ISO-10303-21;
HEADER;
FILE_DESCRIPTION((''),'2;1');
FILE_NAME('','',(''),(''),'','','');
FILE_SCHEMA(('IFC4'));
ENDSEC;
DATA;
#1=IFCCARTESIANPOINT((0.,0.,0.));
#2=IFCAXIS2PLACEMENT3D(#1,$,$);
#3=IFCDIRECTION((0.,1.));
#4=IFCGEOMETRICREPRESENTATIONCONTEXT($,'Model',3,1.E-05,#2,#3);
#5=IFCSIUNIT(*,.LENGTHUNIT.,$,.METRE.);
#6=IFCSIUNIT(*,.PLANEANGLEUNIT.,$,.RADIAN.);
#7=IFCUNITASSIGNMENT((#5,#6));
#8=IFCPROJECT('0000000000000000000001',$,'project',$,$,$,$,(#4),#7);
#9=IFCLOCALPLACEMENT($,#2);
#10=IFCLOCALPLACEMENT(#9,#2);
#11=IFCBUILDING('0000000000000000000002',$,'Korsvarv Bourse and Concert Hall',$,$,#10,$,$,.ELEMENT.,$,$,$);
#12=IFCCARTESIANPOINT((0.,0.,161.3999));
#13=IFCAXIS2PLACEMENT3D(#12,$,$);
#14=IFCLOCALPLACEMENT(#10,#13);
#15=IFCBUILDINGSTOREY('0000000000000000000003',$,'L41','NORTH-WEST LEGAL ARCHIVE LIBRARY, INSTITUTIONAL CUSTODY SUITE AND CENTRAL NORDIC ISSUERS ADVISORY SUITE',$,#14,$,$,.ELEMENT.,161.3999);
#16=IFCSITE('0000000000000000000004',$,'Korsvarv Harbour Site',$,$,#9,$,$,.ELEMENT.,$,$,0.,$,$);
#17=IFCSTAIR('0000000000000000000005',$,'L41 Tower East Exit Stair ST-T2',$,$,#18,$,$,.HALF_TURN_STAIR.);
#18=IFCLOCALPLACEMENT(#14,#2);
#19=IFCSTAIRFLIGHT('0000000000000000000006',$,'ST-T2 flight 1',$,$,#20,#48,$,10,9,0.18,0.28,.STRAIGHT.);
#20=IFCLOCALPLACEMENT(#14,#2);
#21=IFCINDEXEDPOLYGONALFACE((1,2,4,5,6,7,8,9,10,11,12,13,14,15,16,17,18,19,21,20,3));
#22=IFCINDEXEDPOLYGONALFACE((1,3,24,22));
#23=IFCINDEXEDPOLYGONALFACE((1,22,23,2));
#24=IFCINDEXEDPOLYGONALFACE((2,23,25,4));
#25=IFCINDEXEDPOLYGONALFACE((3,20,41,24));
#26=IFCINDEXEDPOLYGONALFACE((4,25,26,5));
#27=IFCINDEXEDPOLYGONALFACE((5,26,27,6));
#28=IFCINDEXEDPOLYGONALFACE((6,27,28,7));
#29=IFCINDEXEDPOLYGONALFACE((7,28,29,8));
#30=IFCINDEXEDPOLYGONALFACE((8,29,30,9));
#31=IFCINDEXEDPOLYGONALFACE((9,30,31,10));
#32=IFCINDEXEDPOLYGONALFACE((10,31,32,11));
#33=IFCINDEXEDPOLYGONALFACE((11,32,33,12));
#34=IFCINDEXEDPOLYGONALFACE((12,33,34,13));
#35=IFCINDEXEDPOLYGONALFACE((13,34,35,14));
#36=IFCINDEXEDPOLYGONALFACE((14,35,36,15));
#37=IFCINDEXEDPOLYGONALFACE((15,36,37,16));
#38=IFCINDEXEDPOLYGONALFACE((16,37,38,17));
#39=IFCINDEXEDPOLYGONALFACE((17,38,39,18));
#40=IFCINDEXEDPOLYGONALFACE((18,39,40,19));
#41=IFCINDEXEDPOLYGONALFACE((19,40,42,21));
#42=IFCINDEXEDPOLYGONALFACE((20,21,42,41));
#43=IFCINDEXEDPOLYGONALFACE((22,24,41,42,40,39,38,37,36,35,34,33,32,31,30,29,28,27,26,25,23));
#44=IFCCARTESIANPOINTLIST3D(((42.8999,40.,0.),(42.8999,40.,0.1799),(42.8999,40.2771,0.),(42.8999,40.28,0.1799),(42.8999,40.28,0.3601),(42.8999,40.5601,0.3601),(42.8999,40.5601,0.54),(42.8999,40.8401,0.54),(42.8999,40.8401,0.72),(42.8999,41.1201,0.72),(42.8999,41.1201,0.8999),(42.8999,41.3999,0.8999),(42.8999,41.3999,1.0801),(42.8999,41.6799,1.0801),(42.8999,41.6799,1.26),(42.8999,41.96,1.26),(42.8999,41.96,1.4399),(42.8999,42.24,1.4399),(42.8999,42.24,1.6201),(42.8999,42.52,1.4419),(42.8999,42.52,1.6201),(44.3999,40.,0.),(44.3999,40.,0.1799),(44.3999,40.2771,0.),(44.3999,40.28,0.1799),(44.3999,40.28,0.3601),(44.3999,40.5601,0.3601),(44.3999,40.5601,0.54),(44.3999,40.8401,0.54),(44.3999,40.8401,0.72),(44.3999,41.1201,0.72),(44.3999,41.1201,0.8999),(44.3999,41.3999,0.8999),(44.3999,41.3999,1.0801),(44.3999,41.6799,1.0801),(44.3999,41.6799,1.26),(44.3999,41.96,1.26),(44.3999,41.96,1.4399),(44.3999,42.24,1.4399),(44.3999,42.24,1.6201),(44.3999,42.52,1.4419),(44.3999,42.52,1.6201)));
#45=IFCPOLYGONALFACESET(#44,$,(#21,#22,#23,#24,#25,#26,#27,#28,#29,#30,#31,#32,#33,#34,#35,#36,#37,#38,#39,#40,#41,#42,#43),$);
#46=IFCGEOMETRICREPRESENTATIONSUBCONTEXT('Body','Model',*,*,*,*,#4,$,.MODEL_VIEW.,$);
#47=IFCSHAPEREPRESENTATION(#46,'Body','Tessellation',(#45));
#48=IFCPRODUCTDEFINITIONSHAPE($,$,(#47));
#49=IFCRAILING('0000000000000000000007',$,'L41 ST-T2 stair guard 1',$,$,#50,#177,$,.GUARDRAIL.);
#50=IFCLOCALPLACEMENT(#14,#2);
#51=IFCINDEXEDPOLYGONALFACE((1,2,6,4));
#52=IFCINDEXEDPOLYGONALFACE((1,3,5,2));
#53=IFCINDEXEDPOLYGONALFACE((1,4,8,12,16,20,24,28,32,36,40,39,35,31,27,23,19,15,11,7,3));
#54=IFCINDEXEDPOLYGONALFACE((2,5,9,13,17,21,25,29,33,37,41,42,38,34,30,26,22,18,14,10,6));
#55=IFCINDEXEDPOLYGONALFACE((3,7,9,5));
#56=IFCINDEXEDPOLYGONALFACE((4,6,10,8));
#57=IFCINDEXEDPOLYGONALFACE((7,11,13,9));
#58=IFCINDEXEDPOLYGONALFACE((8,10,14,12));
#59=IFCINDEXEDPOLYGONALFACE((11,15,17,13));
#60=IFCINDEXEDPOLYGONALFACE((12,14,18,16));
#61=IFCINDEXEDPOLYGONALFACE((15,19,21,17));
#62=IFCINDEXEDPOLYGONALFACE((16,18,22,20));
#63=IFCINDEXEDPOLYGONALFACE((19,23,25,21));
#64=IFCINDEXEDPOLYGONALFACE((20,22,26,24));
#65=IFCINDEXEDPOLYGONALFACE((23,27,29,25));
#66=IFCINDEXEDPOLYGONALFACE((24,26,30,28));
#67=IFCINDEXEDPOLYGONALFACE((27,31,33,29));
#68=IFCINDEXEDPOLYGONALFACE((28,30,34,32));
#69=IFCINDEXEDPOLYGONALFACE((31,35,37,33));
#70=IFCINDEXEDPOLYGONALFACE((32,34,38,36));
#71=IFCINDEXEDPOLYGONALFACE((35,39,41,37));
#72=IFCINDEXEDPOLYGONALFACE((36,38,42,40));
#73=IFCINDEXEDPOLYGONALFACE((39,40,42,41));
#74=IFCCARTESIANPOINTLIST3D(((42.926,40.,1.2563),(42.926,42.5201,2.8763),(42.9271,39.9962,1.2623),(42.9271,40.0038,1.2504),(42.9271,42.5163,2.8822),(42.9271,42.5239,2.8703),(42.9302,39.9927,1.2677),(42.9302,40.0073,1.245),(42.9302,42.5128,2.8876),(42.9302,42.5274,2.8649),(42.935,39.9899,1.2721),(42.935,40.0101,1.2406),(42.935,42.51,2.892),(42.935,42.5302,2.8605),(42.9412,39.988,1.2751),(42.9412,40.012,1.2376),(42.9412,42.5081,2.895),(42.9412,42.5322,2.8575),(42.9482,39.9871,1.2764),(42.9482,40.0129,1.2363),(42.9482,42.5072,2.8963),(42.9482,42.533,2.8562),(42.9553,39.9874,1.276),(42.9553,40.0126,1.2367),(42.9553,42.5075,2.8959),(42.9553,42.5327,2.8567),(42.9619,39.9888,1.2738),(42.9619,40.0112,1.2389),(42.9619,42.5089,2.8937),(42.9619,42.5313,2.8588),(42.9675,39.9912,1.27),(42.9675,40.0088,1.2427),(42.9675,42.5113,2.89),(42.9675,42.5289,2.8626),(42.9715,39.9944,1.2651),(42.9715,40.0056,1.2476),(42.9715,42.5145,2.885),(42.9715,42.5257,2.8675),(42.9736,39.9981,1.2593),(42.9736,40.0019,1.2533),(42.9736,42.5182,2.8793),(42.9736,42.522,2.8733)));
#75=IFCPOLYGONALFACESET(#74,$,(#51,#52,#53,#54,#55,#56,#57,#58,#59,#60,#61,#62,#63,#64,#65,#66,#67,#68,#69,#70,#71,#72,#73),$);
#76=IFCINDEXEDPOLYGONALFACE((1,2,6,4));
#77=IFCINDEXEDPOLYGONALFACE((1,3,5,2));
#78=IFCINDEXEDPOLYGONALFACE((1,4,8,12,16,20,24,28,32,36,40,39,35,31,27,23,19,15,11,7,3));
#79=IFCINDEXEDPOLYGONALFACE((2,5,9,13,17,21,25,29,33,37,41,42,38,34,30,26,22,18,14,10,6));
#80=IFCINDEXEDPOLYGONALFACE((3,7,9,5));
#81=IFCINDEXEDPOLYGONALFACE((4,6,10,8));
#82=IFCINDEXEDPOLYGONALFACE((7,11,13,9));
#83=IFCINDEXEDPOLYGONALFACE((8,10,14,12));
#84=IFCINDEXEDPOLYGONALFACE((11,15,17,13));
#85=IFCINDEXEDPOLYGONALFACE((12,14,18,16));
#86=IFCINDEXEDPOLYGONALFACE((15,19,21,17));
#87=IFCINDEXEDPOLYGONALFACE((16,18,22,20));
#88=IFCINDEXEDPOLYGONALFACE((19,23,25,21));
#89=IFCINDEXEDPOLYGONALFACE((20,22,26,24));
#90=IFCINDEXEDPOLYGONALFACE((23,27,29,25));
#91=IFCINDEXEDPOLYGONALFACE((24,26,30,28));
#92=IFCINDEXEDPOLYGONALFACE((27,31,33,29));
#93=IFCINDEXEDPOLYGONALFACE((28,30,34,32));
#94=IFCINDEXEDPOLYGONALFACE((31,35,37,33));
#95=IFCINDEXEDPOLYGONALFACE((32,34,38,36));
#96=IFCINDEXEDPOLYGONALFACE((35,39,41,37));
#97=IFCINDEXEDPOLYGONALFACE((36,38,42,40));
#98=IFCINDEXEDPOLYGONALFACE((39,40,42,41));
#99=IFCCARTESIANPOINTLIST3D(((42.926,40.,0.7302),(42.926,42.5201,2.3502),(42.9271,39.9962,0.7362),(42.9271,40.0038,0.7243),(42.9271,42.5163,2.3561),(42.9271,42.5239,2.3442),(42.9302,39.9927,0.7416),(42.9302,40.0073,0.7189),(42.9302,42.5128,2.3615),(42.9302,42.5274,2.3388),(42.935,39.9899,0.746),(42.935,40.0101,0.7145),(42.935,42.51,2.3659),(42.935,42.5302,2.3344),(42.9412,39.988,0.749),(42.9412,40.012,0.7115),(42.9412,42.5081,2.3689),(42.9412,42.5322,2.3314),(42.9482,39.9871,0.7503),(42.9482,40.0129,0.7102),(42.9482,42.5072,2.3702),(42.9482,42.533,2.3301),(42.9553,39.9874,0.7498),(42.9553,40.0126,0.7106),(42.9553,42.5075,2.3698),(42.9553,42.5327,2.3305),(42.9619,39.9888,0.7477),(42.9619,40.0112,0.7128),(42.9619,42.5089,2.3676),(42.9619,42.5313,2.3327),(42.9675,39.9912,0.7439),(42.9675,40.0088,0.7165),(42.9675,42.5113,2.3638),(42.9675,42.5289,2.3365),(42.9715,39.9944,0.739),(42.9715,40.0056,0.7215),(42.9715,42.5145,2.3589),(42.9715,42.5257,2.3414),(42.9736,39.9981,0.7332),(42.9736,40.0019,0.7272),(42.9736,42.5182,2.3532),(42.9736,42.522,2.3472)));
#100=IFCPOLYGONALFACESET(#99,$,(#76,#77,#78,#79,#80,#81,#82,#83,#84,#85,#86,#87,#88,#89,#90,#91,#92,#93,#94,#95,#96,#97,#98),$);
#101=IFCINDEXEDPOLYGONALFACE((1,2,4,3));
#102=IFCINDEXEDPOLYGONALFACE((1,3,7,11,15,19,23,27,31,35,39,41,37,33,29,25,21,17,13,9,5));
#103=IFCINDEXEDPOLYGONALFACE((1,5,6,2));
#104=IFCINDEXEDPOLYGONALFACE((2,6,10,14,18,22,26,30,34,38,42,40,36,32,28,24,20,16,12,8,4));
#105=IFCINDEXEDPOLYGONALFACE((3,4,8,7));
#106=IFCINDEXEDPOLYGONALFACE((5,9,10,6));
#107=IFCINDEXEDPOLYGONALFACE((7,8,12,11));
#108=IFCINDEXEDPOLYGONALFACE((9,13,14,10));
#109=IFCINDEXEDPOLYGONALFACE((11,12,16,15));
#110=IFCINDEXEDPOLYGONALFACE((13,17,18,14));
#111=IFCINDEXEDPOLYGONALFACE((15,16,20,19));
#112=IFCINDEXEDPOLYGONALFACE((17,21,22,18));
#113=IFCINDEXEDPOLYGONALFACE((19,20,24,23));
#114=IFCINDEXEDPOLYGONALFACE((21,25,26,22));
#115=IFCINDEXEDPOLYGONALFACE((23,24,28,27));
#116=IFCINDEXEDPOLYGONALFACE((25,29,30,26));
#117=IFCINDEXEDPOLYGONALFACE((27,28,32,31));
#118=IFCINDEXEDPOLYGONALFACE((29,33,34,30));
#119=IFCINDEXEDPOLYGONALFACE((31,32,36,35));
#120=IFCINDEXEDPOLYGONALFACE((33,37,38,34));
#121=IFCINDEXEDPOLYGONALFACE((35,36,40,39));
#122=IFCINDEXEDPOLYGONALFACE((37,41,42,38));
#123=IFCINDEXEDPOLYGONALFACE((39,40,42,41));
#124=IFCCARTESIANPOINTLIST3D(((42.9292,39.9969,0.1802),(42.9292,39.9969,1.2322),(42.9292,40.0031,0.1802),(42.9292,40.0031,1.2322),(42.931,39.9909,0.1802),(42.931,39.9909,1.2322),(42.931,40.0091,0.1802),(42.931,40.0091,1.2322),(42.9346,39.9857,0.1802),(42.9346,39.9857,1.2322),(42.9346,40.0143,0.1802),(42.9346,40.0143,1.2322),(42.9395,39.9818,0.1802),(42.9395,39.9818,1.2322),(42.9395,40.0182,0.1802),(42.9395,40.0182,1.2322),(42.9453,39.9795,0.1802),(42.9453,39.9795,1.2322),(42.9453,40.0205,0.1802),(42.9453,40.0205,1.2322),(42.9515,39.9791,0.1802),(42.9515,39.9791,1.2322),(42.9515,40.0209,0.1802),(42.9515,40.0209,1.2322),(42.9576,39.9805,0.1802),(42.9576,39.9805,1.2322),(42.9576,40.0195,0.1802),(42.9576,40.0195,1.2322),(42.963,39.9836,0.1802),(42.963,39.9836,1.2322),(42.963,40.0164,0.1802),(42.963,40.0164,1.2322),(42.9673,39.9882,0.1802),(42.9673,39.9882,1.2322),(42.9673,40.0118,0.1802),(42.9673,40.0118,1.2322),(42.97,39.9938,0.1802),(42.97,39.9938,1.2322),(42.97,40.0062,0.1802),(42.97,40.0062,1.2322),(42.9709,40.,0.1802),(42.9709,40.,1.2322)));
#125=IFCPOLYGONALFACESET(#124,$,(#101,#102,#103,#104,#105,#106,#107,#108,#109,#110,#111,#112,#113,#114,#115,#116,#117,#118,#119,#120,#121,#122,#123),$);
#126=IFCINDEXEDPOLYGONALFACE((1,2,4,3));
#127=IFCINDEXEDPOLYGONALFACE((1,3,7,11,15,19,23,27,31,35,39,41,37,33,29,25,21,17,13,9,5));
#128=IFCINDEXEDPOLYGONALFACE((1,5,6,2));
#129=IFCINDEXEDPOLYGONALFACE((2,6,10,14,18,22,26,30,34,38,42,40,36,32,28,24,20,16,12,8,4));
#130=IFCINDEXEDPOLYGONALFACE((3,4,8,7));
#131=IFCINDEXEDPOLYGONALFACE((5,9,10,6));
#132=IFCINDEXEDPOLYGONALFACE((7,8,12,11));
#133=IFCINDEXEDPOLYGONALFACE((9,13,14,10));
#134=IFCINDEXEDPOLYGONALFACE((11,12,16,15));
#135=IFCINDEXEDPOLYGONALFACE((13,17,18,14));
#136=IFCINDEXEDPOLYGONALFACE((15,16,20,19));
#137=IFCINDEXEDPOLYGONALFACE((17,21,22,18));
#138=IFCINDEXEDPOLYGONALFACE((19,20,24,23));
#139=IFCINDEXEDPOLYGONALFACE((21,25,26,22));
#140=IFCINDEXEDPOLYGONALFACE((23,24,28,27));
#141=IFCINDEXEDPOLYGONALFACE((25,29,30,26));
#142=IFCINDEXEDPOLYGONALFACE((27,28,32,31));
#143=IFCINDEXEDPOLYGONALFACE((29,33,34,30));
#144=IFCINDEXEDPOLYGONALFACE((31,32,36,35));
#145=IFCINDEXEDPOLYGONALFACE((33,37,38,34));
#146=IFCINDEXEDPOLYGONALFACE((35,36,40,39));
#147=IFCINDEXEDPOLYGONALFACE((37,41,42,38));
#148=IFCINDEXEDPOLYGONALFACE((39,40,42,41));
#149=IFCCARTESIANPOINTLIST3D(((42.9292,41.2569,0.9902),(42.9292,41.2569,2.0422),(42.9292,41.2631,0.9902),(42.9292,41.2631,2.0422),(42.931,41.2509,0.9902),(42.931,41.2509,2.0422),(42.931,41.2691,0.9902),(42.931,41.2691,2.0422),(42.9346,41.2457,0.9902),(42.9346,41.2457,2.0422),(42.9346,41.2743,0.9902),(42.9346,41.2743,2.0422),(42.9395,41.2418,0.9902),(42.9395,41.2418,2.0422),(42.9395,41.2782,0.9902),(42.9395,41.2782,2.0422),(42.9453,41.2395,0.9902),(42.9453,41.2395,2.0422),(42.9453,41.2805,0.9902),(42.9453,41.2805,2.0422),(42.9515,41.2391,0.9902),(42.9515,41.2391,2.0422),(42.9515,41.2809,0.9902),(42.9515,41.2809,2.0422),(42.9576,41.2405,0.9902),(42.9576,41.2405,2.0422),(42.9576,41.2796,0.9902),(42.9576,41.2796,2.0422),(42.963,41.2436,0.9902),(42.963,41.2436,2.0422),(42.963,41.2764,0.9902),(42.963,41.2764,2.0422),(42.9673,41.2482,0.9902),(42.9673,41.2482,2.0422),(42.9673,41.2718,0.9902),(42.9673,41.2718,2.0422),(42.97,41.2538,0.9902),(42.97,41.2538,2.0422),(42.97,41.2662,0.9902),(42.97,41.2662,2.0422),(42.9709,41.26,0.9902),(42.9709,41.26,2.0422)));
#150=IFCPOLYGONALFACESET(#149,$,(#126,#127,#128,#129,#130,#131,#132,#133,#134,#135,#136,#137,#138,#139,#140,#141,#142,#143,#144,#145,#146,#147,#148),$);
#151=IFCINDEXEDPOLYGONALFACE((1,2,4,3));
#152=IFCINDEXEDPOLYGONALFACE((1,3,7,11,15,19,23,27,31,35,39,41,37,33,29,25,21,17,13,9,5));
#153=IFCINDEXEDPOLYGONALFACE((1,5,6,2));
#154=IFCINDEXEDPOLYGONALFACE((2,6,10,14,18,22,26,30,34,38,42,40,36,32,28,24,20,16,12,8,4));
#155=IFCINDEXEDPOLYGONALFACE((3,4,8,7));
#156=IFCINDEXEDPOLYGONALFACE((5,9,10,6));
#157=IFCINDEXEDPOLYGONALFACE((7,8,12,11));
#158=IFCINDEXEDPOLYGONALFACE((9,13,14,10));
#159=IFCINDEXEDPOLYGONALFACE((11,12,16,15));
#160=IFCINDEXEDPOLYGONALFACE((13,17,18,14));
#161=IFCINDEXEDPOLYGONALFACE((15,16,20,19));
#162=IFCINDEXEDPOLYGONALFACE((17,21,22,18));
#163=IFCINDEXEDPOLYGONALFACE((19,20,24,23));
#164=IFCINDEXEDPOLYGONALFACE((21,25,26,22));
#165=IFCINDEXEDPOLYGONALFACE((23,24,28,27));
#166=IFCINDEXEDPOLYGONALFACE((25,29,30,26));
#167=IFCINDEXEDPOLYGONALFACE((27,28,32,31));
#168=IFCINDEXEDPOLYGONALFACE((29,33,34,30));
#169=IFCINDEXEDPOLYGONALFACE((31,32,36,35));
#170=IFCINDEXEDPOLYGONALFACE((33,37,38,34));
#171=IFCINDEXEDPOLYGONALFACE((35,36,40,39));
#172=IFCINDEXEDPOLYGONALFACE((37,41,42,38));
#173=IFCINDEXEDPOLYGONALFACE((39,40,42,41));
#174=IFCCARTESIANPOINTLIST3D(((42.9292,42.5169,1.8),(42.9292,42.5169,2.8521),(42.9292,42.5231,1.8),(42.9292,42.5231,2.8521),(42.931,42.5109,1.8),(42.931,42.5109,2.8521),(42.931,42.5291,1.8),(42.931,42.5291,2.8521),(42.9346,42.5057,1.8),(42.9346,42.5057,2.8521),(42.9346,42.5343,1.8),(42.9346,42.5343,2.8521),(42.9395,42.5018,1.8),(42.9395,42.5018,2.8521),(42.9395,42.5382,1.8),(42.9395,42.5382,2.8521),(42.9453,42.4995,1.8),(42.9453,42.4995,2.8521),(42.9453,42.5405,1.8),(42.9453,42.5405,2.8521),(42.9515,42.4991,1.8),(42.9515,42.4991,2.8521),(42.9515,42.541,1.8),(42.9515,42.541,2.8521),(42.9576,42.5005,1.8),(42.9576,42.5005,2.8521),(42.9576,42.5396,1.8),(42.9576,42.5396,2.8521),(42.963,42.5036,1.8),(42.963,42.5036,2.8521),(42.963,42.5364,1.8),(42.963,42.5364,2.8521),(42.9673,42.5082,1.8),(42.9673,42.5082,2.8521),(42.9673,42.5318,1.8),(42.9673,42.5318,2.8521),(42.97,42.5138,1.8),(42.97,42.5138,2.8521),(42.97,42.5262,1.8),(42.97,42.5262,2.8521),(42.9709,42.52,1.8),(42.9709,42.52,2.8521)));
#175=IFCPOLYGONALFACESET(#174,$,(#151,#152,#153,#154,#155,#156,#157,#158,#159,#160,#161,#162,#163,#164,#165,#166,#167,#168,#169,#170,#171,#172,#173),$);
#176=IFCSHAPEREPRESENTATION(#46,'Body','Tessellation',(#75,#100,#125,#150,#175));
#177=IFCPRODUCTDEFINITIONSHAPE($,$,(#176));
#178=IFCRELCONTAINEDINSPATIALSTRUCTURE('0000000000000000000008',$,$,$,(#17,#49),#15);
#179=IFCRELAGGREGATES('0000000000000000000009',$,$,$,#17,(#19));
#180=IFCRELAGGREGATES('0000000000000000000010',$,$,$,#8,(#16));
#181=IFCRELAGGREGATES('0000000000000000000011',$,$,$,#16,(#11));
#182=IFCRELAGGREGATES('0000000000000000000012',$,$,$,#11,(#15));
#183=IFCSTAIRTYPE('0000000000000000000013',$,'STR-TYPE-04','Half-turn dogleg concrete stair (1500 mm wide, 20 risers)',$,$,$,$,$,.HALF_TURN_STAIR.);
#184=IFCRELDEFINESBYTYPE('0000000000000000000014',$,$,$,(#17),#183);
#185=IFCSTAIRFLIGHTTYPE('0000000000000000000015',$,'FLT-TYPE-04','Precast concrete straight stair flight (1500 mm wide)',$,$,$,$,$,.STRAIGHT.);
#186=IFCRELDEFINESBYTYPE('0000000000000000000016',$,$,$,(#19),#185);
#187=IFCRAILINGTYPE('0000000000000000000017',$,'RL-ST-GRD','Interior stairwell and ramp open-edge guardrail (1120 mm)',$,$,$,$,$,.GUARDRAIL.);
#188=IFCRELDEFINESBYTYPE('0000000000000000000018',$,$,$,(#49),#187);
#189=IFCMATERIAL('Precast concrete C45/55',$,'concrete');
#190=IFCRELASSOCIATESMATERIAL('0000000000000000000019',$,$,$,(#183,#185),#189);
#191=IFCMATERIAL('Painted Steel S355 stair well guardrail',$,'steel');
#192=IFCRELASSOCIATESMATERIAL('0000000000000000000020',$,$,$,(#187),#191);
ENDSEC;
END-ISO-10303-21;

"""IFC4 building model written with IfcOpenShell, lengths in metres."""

from ifc_helpers import new_model, si_unit, direction, frame, origin, origin_2d, place, context, subcontext, project, spatial, polyline, circle, outline, extrude, material, type_object, element, aggregate, save


model = new_model("IFC4")

# Units and contexts
model_context = context("Model", 3, precision=1e-05, world=origin(), true_north=direction((0.0, 1.0)))
body_context = subcontext(model_context, "Body", "Model", "MODEL_VIEW")
ifc_project = project(units=[si_unit("LENGTHUNIT", "METRE"), si_unit("PLANEANGLEUNIT", "RADIAN")], contexts=[model_context])

# Site, building, storey
site_placement = place(None, origin())
site = spatial("IfcSite", under=ifc_project, at=site_placement, Name="Korsvarv Harbour Site", CompositionType="ELEMENT", RefElevation=0.0)
building_placement = place(site_placement, origin())
building = spatial("IfcBuilding", under=site, at=building_placement, Name="Korsvarv Bourse and Concert Hall", CompositionType="ELEMENT")
storey_placement = place(building_placement, frame((0.0, 0.0, 161.3999)))
storey = spatial("IfcBuildingStorey", under=building, at=storey_placement, Name="L41", Description="NORTH-WEST LEGAL ARCHIVE LIBRARY, INSTITUTIONAL CUSTODY SUITE AND CENTRAL NORDIC ISSUERS ADVISORY SUITE", CompositionType="ELEMENT", Elevation=161.3999)

# Stair, stair flight
ifc_material_1 = material(Name="Precast concrete C45/55", Category="concrete")
stair_type = type_object("IfcStairType", Name="STR-TYPE-04", Description="Half-turn dogleg concrete stair (1500 mm wide, 20 risers)", PredefinedType="HALF_TURN_STAIR", material=ifc_material_1)
stair_placement = place(storey_placement, origin())
stair = element("IfcStair", 1, at=stair_placement, inside=storey, type_object=stair_type, Name="L41 Tower East Exit Stair ST-T2", PredefinedType="HALF_TURN_STAIR")
stair_flight_type = type_object("IfcStairFlightType", Name="FLT-TYPE-04", Description="Precast concrete straight stair flight (1500 mm wide)", PredefinedType="STRAIGHT", material=ifc_material_1)
stair_flight_placement = place(storey_placement, frame((43.6499, 40.0, 0.0), z_axis=(0.0, 0.0, 1.0), x_axis=(0.0, 1.0, 0.0)))
stair_flight = element("IfcStairFlight", 2, at=stair_flight_placement, type_object=stair_flight_type, Name="ST-T2 flight 1", NumberOfRisers=10, NumberOfTreads=9, PredefinedType="STRAIGHT", RiserHeight=0.18, TreadLength=0.28, context=body_context, shape_type="SweptSolid", body=[
    extrude(outline(polyline([(0.0, 0.0), (0.0, 0.1799), (0.28, 0.1799), (0.28, 0.3601), (0.5601, 0.3601), (0.5601, 0.54), (0.8401, 0.54), (0.8401, 0.72), (1.1201, 0.72), (1.1201, 0.8999), (1.3999, 0.8999), (1.3999, 1.0801), (1.6799, 1.0801), (1.6799, 1.26), (1.96, 1.26), (1.96, 1.4399), (2.24, 1.4399), (2.24, 1.6201), (2.52, 1.6201), (2.52, 1.8), (2.52, 1.4419), (0.2771, 0.0), (0.0, 0.0)])), frame((0.0, 0.75, 0.0), z_axis=(0.0, -1.0, 0.0), x_axis=(1.0, 0.0, 0.0)), (0.0, 0.0, 1.0), 1.5),
])
aggregate(stair, [stair_flight])

# Railing
ifc_material_2 = material(Name="Painted Steel S355 stair well guardrail", Category="steel")
railing_type_1 = type_object("IfcRailingType", Name="RL-ST-GRD", Description="Interior stairwell and ramp open-edge guardrail (1120 mm)", PredefinedType="GUARDRAIL", material=ifc_material_2)
railing_1_placement = place(storey_placement, frame((42.95, 40.0, 0.1802)))
element("IfcRailing", 3, at=railing_1_placement, inside=storey, type_object=railing_type_1, Name="L41 ST-T2 stair guard 1", PredefinedType="GUARDRAIL", context=body_context, shape_type="SweptSolid", body=[
    extrude(circle(Radius=0.0239, at=origin_2d()), frame((0.0, 0.0, 1.0762), z_axis=(0.0, 0.8412, 0.540725), x_axis=(-1.0, 0.0, 0.0)), (0.0, 0.0, 1.0), 2.9958),
    extrude(circle(Radius=0.0239, at=origin_2d()), frame((0.0, 0.0, 0.55), z_axis=(0.0, 0.8412, 0.540725), x_axis=(-1.0, 0.0, 0.0)), (0.0, 0.0, 1.0), 2.9958),
    extrude(circle(Radius=0.021, at=origin_2d()), origin(), (0.0, 0.0, 1.0), 1.052),
    extrude(circle(Radius=0.021, at=origin_2d()), frame((0.0, 1.26, 0.8101)), (0.0, 0.0, 1.0), 1.052),
    extrude(circle(Radius=0.021, at=origin_2d()), frame((0.0, 2.52, 1.6199)), (0.0, 0.0, 1.0), 1.052),
])

save(model, "model.ifc")
